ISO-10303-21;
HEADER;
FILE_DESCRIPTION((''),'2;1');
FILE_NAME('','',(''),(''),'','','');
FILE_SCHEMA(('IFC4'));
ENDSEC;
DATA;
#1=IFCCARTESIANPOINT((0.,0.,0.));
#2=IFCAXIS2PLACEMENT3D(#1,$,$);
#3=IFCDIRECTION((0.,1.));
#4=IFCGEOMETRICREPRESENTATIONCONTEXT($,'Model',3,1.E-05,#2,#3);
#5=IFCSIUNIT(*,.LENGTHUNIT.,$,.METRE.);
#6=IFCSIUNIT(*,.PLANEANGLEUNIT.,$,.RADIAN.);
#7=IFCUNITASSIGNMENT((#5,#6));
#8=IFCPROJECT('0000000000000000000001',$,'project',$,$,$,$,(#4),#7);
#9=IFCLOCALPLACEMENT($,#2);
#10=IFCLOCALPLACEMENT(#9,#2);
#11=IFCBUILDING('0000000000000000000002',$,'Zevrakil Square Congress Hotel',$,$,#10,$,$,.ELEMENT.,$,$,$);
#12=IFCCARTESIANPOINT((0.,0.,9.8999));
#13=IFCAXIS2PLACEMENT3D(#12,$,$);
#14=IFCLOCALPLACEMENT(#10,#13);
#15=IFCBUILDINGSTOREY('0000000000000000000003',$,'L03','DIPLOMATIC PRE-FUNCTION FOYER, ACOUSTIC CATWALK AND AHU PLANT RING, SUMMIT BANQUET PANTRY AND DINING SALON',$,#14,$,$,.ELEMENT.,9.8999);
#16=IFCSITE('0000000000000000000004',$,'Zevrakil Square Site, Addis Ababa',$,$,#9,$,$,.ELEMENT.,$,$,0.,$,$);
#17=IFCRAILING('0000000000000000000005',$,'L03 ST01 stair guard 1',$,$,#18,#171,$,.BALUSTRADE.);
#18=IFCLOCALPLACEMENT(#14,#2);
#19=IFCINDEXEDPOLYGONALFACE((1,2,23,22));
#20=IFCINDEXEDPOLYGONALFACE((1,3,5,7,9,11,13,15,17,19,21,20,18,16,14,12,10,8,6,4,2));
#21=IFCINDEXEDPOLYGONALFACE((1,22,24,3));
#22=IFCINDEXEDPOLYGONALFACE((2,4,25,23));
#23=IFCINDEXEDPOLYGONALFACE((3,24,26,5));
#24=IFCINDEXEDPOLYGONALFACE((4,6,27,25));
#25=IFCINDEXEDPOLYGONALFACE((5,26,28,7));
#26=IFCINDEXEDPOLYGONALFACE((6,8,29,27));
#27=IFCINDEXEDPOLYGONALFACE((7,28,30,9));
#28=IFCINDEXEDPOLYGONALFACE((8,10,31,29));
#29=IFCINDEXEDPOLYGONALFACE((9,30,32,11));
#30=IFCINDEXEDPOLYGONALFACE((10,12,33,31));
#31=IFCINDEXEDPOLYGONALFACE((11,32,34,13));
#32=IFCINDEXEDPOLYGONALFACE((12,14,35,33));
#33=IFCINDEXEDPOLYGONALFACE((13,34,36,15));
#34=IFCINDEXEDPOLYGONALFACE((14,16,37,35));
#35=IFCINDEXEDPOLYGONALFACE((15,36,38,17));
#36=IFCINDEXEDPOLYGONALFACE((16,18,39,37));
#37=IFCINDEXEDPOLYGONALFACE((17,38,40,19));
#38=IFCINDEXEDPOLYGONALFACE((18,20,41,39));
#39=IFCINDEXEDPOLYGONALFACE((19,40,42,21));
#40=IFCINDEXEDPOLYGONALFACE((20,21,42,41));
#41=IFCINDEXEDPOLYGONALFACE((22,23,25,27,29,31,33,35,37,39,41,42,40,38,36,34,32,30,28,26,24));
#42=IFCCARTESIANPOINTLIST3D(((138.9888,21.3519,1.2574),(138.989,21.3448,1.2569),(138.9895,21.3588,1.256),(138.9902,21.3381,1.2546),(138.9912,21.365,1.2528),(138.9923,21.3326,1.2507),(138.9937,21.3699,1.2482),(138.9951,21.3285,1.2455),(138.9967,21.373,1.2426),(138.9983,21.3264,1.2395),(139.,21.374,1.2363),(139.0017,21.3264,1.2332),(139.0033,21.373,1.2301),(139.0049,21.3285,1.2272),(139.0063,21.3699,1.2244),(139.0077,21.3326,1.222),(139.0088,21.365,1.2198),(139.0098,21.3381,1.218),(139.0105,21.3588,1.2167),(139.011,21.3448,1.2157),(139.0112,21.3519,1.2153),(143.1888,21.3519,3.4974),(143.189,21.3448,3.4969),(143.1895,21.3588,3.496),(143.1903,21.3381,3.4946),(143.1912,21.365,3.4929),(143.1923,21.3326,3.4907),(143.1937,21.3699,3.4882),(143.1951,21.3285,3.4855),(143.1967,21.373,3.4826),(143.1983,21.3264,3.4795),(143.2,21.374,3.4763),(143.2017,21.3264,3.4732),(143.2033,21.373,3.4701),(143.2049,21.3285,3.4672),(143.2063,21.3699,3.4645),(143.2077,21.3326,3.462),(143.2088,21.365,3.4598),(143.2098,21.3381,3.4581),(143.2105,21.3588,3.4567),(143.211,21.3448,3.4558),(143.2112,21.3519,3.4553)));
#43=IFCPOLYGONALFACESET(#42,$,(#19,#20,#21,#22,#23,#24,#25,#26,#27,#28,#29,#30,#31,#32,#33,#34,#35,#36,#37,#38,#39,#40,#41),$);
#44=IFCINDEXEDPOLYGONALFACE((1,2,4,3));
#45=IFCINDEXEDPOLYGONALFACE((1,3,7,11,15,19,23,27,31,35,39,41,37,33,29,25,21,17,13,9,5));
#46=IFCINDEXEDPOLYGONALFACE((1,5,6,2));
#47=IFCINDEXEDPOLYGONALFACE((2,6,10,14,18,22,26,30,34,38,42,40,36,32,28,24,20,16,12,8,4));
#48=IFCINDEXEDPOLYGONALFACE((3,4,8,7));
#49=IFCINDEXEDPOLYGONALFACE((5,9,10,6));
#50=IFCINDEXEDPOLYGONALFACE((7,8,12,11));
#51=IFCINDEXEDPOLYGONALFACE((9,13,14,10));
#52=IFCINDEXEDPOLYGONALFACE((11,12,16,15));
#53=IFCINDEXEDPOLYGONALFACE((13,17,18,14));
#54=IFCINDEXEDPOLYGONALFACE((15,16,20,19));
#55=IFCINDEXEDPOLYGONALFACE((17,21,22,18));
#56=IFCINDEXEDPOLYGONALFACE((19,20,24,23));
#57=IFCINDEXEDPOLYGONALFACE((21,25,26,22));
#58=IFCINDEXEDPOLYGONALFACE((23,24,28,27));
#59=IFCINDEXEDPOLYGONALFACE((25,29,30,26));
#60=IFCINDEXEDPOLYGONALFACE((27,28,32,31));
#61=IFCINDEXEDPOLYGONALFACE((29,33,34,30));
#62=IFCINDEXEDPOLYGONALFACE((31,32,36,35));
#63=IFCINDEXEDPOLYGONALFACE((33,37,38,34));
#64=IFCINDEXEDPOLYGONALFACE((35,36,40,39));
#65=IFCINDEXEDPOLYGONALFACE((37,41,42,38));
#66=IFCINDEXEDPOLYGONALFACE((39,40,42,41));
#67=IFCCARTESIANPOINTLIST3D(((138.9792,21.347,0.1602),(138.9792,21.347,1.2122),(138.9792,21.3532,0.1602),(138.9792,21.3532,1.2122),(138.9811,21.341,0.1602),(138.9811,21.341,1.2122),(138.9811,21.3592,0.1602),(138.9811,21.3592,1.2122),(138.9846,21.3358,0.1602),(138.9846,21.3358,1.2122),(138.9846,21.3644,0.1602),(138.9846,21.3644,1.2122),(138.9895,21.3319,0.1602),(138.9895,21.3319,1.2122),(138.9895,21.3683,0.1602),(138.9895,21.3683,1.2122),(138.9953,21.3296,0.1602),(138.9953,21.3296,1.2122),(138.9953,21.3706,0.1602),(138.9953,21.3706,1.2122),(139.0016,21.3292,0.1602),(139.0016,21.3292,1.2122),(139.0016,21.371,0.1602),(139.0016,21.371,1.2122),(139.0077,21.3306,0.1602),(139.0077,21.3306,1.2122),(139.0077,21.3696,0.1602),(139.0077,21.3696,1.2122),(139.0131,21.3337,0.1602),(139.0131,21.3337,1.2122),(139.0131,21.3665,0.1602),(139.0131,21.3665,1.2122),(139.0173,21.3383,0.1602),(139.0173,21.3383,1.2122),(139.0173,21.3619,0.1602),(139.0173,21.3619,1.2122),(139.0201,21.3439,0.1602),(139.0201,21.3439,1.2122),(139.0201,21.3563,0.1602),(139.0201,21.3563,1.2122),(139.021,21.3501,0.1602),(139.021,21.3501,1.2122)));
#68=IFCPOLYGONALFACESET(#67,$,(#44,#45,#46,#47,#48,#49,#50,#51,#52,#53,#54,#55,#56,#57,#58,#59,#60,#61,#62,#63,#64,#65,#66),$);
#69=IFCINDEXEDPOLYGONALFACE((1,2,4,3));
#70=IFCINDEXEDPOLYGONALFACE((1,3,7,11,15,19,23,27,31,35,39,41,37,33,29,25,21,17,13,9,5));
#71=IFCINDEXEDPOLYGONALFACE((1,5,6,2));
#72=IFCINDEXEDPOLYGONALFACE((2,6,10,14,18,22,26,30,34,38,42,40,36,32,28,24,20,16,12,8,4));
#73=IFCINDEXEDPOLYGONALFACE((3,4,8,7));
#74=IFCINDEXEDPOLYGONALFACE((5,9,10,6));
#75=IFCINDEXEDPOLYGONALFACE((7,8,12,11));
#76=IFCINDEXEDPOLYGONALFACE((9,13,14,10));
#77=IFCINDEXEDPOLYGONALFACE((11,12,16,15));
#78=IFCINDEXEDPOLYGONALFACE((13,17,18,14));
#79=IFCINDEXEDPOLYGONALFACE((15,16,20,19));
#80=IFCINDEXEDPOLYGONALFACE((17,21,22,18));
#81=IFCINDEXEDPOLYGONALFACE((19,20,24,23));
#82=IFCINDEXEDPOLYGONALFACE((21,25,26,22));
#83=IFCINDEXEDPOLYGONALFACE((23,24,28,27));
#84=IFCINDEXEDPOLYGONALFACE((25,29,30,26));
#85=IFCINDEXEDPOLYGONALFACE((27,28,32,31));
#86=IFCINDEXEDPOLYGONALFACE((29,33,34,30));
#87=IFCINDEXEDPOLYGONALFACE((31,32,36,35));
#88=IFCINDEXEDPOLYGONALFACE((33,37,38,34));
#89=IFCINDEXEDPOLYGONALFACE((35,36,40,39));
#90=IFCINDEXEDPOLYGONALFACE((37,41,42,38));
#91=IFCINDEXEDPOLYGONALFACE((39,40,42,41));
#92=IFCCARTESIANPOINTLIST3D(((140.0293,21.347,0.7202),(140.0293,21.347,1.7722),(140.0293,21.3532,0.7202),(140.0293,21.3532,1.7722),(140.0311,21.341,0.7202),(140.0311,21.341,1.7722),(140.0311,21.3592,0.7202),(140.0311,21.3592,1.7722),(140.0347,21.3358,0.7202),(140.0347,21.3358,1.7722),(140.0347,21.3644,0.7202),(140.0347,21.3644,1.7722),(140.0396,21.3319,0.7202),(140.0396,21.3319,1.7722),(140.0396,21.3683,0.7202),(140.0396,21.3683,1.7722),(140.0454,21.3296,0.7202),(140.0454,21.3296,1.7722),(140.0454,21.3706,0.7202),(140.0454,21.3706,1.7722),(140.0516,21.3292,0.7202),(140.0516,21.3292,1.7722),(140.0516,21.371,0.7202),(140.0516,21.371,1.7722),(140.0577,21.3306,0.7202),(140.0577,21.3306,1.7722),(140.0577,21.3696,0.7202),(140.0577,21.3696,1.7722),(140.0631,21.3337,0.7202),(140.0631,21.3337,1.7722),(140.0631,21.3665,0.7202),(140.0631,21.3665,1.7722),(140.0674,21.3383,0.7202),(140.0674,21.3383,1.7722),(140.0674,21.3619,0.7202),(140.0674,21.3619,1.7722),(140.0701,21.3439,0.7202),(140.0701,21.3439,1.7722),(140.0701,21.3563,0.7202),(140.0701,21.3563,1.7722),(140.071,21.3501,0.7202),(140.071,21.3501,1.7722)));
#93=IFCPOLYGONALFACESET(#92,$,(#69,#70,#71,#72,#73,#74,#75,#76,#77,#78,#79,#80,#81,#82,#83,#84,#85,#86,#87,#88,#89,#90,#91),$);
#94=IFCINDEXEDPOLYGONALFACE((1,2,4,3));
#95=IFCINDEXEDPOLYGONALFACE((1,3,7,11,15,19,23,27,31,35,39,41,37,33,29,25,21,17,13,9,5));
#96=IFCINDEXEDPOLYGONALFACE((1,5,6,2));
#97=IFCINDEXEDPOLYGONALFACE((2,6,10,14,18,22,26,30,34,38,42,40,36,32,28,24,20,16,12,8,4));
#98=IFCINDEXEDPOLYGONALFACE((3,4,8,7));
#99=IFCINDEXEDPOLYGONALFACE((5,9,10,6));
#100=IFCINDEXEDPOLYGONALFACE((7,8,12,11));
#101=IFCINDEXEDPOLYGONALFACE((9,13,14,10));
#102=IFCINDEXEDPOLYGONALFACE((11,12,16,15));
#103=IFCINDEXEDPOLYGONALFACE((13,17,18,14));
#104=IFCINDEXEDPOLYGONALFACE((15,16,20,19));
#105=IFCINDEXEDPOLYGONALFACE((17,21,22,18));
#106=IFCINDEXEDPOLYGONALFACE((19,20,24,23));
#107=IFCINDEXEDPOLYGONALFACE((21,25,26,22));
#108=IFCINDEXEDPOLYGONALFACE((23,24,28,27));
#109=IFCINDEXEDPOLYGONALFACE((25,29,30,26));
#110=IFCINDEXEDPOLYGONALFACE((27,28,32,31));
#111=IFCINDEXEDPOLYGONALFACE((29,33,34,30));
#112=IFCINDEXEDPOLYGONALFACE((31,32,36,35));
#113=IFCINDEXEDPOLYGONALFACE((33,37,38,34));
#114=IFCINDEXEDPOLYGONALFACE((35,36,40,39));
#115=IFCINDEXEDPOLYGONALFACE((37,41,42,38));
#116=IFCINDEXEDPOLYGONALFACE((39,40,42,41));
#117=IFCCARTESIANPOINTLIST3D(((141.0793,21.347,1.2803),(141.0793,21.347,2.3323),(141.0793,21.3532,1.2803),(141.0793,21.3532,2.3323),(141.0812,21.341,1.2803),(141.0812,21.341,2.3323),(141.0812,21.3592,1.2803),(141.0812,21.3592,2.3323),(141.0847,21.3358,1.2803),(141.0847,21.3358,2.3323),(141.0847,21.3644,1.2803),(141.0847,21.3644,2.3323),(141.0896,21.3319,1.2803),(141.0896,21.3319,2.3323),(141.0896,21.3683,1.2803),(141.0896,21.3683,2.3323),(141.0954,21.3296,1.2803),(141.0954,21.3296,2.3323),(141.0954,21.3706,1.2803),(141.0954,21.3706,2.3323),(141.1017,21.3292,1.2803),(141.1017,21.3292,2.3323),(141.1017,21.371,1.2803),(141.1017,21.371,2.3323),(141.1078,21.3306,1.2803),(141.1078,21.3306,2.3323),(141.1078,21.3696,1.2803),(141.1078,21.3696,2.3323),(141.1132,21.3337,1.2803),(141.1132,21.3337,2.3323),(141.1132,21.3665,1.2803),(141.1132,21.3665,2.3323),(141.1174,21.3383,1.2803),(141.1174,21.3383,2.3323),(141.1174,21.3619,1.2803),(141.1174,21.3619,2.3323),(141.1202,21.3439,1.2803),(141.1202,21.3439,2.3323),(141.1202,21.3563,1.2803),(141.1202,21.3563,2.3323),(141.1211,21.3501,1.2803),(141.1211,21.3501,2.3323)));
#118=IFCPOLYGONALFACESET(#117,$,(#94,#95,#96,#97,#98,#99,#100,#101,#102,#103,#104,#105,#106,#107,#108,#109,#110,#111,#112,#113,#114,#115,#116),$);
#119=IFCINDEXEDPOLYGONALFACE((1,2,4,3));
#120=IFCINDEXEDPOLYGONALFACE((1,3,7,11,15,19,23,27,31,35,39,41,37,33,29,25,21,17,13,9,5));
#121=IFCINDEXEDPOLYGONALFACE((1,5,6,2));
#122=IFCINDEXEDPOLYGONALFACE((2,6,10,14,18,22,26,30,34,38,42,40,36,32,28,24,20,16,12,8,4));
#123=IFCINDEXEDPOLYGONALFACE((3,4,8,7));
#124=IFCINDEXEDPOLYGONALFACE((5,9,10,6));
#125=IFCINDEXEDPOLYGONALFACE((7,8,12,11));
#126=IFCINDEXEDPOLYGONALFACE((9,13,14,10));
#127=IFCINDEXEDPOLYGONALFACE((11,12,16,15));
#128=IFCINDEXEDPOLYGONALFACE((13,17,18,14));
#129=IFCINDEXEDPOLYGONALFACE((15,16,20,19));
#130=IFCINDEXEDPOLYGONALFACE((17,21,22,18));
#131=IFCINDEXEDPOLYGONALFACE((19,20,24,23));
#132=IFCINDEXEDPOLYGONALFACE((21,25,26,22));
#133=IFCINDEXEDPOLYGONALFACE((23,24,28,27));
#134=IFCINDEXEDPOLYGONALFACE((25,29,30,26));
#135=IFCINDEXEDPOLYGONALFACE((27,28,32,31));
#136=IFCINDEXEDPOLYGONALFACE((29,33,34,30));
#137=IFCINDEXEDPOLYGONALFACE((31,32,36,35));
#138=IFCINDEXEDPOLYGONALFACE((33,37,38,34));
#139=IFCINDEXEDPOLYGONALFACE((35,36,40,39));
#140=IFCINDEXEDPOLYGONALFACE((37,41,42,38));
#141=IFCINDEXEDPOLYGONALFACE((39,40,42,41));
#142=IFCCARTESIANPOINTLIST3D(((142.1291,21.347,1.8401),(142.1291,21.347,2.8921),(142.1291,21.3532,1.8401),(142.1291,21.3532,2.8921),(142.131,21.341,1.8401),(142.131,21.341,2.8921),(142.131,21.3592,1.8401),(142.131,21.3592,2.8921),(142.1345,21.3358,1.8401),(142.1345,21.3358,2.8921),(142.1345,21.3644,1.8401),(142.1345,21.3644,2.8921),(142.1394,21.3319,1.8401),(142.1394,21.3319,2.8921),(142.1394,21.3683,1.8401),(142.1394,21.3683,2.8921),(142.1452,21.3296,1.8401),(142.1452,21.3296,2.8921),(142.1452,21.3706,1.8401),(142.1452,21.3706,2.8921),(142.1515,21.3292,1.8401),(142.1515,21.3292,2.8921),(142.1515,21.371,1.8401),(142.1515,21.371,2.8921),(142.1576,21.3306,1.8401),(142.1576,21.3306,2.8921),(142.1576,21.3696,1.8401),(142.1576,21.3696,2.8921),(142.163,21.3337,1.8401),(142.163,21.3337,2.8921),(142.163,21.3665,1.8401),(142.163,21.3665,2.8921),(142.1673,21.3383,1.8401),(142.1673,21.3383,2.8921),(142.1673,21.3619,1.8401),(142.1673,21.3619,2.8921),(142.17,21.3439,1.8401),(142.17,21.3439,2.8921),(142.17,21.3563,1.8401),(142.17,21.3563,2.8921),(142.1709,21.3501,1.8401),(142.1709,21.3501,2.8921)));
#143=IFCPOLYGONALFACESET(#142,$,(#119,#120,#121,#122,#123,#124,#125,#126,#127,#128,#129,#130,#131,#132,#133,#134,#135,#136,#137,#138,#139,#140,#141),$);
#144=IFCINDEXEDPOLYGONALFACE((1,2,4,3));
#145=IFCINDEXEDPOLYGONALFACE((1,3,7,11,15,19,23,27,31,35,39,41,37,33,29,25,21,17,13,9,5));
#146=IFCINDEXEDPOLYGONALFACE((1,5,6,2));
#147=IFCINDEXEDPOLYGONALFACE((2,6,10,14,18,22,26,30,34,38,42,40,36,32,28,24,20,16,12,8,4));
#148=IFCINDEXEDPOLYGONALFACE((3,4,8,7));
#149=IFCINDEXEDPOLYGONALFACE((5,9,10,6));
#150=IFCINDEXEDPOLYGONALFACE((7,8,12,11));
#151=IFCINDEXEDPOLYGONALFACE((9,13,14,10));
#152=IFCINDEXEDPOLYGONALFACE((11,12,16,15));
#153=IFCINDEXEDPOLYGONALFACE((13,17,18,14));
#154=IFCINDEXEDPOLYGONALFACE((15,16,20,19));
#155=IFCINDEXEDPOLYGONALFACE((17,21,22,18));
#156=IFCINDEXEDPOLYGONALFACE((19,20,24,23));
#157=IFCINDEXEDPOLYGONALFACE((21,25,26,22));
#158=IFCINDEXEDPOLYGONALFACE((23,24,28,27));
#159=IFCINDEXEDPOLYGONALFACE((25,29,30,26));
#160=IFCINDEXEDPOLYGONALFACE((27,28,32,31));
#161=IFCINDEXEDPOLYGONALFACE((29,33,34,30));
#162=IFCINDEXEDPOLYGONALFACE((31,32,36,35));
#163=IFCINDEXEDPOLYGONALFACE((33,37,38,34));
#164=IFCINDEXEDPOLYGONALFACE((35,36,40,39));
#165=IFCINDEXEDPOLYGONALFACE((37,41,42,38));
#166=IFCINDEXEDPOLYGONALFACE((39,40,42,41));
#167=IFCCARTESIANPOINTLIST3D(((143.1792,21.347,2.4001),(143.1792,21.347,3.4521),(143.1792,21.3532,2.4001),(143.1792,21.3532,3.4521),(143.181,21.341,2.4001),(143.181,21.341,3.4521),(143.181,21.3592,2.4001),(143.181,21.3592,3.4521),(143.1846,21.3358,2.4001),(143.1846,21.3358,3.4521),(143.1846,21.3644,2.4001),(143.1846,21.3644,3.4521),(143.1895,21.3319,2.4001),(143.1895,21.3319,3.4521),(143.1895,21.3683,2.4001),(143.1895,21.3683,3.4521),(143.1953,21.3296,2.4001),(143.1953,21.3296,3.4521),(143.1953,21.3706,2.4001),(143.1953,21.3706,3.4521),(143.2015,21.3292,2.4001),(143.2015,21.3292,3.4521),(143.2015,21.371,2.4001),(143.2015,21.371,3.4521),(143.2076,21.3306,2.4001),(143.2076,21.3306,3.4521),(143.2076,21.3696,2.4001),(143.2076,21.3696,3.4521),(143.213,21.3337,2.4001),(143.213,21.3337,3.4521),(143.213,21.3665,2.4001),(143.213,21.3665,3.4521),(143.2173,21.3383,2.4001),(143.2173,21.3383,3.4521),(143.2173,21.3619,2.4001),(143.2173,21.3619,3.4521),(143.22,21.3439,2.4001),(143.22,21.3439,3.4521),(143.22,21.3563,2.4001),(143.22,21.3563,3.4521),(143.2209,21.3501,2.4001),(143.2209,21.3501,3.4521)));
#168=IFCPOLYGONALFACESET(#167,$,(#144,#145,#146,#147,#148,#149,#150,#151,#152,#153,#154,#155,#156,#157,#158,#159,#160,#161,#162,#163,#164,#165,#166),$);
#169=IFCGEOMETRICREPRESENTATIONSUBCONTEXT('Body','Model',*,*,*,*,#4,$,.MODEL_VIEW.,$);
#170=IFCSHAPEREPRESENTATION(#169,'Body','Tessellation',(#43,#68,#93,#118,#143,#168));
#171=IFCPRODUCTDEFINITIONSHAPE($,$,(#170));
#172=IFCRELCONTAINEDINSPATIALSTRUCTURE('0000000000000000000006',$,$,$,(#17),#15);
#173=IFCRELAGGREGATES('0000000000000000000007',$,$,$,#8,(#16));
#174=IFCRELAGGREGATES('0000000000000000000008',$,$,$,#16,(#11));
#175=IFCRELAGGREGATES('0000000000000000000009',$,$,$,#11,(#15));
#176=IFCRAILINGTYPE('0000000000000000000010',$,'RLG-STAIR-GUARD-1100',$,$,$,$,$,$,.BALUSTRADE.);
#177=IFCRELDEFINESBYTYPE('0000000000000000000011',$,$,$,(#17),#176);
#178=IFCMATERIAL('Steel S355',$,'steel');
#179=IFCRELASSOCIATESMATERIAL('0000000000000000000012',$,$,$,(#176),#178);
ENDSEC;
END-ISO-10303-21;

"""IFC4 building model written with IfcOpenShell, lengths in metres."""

from ifc_helpers import new_model, si_unit, direction, frame, origin, origin_2d, place, context, subcontext, project, spatial, circle, extrude, material, type_object, element, save


model = new_model("IFC4")

# Units and contexts
model_context = context("Model", 3, precision=1e-05, world=origin(), true_north=direction((0.0, 1.0)))
body_context = subcontext(model_context, "Body", "Model", "MODEL_VIEW")
ifc_project = project(units=[si_unit("LENGTHUNIT", "METRE"), si_unit("PLANEANGLEUNIT", "RADIAN")], contexts=[model_context])

# Site, building, storey
site_placement = place(None, origin())
site = spatial("IfcSite", under=ifc_project, at=site_placement, Name="Zevrakil Square Site, Addis Ababa", CompositionType="ELEMENT", RefElevation=0.0)
building_placement = place(site_placement, origin())
building = spatial("IfcBuilding", under=site, at=building_placement, Name="Zevrakil Square Congress Hotel", CompositionType="ELEMENT")
storey_placement = place(building_placement, frame((0.0, 0.0, 9.8999)))
storey = spatial("IfcBuildingStorey", under=building, at=storey_placement, Name="L03", Description="DIPLOMATIC PRE-FUNCTION FOYER, ACOUSTIC CATWALK AND AHU PLANT RING, SUMMIT BANQUET PANTRY AND DINING SALON", CompositionType="ELEMENT", Elevation=9.8999)

# Railing
ifc_material_1 = material(Name="Steel S355", Category="steel")
railing_type_1 = type_object("IfcRailingType", Name="RLG-STAIR-GUARD-1100", PredefinedType="BALUSTRADE", material=ifc_material_1)
railing_1_placement = place(storey_placement, frame((139.0, 21.3501, 0.1602)))
element("IfcRailing", 1, at=railing_1_placement, inside=storey, type_object=railing_type_1, Name="L03 ST01 stair guard 1", PredefinedType="BALUSTRADE", context=body_context, shape_type="SweptSolid", body=[
    extrude(circle(Radius=0.0239, at=origin_2d()), frame((0.0, 0.0, 1.0762), z_axis=(0.882352, 0.0, 0.470591), x_axis=(0.0, 1.0, 0.0)), (0.0, 0.0, 1.0), 4.76),
    extrude(circle(Radius=0.021, at=origin_2d()), origin(), (0.0, 0.0, 1.0), 1.052),
    extrude(circle(Radius=0.021, at=origin_2d()), frame((1.05, 0.0, 0.5601)), (0.0, 0.0, 1.0), 1.052),
    extrude(circle(Radius=0.021, at=origin_2d()), frame((2.1001, 0.0, 1.1201)), (0.0, 0.0, 1.0), 1.052),
    extrude(circle(Radius=0.021, at=origin_2d()), frame((3.1499, 0.0, 1.6799)), (0.0, 0.0, 1.0), 1.052),
    extrude(circle(Radius=0.021, at=origin_2d()), frame((4.2, 0.0, 2.24)), (0.0, 0.0, 1.0), 1.052),
])

save(model, "model.ifc")
